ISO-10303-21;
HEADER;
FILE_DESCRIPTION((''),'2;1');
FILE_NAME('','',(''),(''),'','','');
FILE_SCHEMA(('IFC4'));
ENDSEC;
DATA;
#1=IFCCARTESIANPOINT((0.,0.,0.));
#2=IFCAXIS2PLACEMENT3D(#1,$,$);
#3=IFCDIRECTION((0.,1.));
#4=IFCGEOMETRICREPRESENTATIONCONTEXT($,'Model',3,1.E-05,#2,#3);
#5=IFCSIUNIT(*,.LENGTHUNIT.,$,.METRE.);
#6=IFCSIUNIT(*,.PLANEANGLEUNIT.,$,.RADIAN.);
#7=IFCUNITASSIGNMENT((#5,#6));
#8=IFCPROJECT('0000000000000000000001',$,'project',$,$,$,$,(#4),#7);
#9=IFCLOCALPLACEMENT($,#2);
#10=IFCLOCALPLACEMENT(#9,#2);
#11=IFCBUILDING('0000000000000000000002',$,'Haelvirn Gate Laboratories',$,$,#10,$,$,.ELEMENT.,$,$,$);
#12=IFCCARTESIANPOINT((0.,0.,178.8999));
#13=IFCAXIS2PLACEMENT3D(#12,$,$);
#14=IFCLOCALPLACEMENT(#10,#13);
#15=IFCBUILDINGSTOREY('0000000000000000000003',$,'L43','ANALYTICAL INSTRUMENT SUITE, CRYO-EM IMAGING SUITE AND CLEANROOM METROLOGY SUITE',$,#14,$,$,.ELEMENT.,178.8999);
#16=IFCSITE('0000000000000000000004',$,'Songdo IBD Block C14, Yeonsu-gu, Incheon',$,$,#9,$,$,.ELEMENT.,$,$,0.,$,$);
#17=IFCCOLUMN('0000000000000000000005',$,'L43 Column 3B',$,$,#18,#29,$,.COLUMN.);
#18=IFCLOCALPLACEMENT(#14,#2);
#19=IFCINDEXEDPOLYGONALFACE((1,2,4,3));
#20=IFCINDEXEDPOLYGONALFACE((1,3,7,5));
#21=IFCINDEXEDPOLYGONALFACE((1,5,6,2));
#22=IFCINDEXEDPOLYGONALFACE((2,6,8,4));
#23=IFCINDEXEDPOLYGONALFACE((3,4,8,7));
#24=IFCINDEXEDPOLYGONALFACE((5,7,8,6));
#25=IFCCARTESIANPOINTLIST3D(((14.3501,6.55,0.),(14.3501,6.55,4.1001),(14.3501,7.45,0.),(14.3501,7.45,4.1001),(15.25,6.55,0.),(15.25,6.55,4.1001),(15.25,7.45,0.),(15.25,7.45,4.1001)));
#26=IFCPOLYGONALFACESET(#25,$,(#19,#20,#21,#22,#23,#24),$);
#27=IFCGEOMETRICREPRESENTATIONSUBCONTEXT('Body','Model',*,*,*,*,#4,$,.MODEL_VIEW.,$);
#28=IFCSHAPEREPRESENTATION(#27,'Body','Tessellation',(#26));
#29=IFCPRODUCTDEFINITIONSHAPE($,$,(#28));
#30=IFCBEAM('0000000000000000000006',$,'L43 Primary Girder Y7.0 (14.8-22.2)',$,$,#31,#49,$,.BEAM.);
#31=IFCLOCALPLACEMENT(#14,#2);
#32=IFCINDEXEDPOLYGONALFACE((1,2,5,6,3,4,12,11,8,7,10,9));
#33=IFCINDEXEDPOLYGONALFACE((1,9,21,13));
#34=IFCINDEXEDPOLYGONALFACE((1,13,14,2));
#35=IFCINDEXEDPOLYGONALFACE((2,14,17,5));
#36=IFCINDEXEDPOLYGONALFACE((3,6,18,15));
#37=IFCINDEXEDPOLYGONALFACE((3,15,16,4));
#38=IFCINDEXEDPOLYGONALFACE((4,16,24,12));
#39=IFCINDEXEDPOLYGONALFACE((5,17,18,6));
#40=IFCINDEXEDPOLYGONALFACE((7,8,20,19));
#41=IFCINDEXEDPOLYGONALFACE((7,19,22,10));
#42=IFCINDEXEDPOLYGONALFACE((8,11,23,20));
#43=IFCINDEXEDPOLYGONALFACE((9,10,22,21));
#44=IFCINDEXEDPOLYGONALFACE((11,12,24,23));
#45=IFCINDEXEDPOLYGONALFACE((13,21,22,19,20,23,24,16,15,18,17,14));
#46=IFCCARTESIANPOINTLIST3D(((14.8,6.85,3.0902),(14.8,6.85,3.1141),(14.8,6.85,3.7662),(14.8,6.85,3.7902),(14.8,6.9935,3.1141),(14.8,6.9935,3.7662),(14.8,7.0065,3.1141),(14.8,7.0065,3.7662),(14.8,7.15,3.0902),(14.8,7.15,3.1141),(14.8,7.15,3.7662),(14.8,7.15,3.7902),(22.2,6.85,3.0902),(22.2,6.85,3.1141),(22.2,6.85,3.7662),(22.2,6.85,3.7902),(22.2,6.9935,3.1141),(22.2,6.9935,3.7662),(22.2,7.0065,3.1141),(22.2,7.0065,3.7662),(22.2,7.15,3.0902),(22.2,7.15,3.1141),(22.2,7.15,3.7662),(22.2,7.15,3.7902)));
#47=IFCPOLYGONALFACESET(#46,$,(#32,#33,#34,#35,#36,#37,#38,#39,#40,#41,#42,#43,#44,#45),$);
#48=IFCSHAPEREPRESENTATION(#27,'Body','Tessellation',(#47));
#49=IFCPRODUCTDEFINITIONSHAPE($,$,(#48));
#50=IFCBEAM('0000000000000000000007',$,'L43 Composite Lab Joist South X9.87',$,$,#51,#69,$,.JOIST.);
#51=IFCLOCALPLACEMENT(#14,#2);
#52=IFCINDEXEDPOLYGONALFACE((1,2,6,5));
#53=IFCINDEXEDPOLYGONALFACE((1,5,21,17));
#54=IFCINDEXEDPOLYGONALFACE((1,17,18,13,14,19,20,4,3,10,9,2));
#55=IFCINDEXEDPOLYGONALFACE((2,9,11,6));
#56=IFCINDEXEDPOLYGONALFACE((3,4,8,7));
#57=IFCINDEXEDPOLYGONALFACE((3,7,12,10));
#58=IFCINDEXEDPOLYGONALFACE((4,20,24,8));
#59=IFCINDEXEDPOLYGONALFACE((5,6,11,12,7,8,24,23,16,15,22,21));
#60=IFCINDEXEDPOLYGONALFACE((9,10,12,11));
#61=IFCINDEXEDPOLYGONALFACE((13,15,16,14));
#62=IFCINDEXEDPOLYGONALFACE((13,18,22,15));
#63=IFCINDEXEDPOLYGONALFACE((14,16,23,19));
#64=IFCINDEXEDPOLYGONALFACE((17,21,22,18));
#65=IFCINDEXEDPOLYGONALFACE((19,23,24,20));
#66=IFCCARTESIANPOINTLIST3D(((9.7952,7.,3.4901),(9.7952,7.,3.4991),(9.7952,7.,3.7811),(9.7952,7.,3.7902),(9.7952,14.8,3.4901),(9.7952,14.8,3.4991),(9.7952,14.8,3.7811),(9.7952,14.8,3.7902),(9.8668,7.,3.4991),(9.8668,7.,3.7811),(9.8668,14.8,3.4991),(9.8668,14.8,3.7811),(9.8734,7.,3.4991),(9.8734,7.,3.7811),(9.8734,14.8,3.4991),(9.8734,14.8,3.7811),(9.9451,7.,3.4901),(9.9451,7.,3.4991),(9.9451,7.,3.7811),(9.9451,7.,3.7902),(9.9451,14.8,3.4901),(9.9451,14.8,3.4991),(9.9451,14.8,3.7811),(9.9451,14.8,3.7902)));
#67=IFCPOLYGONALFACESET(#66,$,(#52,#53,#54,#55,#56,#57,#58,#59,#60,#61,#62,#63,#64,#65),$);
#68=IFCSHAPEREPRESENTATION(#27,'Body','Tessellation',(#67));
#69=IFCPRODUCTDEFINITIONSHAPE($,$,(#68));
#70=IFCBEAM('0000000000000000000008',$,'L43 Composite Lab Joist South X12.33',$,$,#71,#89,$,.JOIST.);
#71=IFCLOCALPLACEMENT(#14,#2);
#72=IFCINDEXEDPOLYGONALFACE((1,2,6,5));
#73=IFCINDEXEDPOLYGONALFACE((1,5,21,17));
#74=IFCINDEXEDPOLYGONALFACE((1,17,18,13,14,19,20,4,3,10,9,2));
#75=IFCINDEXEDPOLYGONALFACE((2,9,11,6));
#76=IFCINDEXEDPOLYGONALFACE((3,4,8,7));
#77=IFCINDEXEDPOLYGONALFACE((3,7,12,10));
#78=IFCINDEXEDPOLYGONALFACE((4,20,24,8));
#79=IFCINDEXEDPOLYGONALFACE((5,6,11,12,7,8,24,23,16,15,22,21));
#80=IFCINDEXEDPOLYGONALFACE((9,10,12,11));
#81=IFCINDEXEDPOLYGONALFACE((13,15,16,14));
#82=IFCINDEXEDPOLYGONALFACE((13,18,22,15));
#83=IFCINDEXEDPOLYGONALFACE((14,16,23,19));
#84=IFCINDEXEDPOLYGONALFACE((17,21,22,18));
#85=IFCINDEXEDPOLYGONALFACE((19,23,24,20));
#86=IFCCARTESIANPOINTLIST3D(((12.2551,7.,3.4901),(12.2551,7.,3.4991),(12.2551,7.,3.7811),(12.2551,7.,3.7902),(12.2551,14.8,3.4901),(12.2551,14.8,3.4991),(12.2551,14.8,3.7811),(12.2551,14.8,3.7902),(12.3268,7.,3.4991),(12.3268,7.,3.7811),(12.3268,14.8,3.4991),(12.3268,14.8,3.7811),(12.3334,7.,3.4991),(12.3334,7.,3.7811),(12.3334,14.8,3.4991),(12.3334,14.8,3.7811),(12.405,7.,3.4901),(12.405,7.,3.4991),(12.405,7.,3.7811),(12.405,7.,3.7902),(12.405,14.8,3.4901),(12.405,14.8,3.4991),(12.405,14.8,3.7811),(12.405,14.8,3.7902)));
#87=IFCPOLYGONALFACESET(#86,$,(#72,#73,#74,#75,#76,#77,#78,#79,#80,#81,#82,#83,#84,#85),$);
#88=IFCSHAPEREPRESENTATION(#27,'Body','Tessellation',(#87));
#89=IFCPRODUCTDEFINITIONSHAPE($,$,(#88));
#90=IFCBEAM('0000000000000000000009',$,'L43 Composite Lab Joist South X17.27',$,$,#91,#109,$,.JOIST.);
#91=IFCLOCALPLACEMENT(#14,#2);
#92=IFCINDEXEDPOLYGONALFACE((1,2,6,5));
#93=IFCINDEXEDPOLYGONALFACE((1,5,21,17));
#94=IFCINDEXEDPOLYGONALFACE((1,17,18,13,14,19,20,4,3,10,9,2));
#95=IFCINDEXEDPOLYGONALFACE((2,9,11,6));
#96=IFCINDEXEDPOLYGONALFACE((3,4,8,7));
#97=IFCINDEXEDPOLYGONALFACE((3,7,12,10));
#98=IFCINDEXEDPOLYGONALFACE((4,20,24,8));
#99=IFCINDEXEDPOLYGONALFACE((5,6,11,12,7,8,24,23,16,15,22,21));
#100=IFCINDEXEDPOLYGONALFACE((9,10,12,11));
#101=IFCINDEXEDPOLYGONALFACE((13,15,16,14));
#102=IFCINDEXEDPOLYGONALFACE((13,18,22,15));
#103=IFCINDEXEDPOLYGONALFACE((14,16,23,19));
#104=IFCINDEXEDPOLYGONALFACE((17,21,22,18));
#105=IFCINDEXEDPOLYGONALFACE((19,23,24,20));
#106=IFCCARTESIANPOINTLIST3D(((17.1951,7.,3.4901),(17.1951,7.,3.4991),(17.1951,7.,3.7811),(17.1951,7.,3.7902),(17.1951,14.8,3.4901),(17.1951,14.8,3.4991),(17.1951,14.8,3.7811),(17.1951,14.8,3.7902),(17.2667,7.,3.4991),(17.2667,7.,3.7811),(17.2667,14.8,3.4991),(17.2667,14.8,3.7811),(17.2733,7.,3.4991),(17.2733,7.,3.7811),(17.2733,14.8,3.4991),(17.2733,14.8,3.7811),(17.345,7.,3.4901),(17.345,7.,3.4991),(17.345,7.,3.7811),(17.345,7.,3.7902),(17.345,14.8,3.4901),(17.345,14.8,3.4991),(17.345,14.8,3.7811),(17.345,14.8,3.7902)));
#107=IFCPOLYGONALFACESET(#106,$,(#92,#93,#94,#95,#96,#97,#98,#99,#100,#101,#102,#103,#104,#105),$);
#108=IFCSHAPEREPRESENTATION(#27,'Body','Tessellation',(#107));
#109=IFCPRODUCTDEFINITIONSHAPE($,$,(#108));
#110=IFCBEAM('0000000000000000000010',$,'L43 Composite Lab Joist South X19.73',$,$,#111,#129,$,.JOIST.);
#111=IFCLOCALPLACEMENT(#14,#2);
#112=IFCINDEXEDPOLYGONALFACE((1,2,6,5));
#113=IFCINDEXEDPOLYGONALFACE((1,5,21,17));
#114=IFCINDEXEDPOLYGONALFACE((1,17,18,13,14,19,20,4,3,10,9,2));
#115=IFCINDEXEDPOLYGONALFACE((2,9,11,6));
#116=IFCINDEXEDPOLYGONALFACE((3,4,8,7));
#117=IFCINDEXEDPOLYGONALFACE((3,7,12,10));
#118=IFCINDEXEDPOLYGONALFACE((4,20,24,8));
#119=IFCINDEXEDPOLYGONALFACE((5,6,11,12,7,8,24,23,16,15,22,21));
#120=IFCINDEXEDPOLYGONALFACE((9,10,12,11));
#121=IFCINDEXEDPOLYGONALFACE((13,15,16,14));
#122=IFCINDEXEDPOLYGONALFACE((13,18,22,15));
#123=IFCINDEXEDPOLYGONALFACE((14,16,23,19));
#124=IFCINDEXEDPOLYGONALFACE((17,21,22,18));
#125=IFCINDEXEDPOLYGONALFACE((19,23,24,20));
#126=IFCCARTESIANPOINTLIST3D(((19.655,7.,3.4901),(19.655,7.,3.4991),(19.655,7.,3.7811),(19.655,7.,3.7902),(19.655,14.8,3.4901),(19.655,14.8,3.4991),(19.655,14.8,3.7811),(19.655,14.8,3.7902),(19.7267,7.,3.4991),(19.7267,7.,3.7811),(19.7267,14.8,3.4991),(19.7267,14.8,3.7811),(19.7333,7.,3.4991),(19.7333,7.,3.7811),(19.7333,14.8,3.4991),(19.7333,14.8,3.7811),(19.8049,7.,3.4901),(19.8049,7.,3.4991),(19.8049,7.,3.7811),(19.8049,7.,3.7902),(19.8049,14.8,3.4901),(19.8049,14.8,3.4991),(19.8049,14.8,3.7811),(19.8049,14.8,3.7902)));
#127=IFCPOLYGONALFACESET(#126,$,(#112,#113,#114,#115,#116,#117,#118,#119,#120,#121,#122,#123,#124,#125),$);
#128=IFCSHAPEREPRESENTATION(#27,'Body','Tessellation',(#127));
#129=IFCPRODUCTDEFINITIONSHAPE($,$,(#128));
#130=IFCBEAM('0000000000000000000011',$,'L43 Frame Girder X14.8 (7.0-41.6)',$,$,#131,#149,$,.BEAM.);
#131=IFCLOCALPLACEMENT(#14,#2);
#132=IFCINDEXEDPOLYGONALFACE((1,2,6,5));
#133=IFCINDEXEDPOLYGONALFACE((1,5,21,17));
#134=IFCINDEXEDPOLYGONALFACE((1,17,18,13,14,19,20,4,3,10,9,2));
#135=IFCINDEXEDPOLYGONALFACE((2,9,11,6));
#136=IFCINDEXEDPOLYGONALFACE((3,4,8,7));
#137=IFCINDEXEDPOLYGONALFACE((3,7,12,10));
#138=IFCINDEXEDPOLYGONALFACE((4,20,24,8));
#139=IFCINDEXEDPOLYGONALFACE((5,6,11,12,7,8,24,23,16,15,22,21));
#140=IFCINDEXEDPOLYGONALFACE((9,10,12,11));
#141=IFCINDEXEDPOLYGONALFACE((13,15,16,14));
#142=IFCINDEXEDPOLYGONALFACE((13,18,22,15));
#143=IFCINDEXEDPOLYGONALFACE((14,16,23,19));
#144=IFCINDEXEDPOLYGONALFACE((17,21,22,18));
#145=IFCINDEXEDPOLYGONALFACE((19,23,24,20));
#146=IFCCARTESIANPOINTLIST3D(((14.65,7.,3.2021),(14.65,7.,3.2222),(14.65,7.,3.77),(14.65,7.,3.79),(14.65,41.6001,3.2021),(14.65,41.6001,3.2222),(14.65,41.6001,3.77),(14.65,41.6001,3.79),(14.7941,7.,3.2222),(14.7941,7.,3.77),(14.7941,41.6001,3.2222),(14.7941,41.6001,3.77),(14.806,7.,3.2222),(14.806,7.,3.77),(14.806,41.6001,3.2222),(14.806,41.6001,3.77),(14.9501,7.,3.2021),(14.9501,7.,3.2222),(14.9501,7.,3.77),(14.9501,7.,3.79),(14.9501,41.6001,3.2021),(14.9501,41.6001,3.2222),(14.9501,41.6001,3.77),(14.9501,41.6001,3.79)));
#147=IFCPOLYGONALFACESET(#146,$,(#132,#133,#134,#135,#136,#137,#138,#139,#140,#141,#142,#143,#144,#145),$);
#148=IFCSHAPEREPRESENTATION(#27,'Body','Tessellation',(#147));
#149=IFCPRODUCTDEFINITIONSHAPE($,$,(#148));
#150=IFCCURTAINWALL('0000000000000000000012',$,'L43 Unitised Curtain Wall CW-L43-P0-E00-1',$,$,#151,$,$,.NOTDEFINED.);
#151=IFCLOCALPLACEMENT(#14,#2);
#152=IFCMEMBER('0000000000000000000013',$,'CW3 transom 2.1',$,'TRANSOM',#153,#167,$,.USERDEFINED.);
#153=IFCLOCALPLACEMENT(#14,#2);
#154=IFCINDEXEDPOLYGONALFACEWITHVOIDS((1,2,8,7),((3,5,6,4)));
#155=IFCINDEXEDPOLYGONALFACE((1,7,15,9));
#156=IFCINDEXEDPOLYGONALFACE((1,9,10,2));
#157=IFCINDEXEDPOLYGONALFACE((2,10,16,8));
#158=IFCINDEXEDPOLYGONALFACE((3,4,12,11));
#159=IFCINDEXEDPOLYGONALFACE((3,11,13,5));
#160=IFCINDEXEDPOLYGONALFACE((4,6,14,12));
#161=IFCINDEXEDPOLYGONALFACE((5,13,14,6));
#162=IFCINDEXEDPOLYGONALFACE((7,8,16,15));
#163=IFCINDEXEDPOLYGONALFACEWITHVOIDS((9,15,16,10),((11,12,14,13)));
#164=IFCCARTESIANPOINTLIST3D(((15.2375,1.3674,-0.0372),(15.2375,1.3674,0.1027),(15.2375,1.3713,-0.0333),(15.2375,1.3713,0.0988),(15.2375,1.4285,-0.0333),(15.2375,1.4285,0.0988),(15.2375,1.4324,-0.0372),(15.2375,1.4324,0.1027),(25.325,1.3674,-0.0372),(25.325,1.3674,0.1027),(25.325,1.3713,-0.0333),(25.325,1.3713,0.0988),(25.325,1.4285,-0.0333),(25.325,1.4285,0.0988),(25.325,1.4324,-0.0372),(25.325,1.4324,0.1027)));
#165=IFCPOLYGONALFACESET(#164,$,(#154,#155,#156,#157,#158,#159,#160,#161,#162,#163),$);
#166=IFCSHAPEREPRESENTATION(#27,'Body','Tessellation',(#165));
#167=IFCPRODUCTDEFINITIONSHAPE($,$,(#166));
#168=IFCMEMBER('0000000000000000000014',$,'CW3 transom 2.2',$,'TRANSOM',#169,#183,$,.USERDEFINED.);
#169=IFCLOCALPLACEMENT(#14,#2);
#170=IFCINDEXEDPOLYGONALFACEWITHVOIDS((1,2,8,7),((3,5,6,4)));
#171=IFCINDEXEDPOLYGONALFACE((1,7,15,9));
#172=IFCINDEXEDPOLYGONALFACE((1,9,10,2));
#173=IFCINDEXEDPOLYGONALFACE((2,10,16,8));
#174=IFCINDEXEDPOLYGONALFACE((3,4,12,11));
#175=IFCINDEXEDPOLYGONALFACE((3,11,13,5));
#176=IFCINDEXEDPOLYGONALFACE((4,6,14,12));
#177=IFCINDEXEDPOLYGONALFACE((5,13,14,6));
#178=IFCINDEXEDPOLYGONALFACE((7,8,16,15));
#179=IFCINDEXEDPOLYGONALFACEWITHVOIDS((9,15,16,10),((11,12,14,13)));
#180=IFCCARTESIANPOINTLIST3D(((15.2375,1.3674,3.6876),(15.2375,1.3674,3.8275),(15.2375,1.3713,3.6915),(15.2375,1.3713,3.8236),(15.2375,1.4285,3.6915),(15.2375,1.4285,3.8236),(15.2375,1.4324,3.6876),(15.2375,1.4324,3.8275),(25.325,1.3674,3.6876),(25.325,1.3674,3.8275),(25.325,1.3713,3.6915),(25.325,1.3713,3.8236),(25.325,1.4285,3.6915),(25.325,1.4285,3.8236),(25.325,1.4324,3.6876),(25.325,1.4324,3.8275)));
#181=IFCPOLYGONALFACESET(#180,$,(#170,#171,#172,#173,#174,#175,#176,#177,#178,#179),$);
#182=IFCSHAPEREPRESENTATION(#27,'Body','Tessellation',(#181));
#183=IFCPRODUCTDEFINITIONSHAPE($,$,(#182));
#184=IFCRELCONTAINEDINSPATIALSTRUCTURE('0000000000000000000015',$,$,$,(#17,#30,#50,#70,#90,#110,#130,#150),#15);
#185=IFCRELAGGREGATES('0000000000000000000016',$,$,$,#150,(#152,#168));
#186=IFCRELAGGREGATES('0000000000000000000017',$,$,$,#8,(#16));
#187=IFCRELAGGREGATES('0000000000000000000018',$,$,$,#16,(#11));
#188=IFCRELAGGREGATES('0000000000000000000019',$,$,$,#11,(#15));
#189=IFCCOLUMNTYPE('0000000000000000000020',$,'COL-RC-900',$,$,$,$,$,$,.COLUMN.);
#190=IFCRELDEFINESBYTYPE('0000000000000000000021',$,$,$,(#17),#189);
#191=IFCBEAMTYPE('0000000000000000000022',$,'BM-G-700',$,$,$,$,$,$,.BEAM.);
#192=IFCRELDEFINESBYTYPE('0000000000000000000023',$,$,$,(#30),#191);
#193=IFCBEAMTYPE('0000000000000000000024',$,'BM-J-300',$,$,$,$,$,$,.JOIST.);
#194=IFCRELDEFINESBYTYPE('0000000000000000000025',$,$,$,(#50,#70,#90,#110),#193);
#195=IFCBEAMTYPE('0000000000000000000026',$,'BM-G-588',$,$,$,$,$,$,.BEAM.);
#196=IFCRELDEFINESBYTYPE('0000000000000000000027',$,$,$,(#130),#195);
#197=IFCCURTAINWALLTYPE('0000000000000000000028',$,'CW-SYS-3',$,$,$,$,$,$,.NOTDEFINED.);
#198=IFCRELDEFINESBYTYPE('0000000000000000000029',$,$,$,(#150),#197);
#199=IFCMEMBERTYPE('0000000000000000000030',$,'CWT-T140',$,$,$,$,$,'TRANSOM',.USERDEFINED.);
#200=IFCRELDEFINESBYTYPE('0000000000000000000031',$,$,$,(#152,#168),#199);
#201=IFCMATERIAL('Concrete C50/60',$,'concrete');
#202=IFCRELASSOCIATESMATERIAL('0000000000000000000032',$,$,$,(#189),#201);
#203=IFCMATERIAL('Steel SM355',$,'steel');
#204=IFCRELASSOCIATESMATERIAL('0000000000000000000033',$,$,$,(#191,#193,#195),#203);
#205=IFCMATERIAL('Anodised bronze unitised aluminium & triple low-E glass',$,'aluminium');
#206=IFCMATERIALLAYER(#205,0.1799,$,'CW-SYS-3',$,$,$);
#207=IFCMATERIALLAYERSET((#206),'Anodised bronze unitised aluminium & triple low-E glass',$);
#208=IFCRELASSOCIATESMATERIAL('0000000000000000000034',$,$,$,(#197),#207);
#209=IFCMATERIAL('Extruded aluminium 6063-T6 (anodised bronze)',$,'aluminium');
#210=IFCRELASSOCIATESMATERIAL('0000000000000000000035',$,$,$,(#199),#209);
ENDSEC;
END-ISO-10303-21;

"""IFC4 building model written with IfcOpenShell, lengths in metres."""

from ifc_helpers import new_model, si_unit, direction, frame, origin, origin_2d, place, context, subcontext, project, spatial, rectangle, hollow_rectangle, i_section, extrude, source, transform, mapped, material, layer, layer_set, material_profile, profile_set, type_object, type_shapes, element, aggregate, save


model = new_model("IFC4")

# Units and contexts
model_context = context("Model", 3, precision=1e-05, world=origin(), true_north=direction((0.0, 1.0)))
body_context = subcontext(model_context, "Body", "Model", "MODEL_VIEW")
ifc_project = project(units=[si_unit("LENGTHUNIT", "METRE"), si_unit("PLANEANGLEUNIT", "RADIAN")], contexts=[model_context])

# Site, building, storey
site_placement = place(None, origin())
site = spatial("IfcSite", under=ifc_project, at=site_placement, Name="Songdo IBD Block C14, Yeonsu-gu, Incheon", CompositionType="ELEMENT", RefElevation=0.0)
building_placement = place(site_placement, origin())
building = spatial("IfcBuilding", under=site, at=building_placement, Name="Haelvirn Gate Laboratories", CompositionType="ELEMENT")
storey_placement = place(building_placement, frame((0.0, 0.0, 178.8999)))
storey = spatial("IfcBuildingStorey", under=building, at=storey_placement, Name="L43", Description="ANALYTICAL INSTRUMENT SUITE, CRYO-EM IMAGING SUITE AND CLEANROOM METROLOGY SUITE", CompositionType="ELEMENT", Elevation=178.8999)

# Column
ifc_material_1 = material(Name="Concrete C50/60", Category="concrete")
ifc_material_profile_1 = material_profile(ifc_material_1, rectangle(XDim=0.8999, YDim=0.8999, at=origin_2d()), Name="RC-900x900")
ifc_profile_set_1 = profile_set([ifc_material_profile_1], Name="Concrete C50/60")
column_type = type_object("IfcColumnType", Name="COL-RC-900", PredefinedType="COLUMN", material=ifc_profile_set_1)
shared_shape_1 = source(origin(), body_context, "Body", "SweptSolid", [
    extrude(rectangle(XDim=0.8999, YDim=0.8999, at=origin_2d()), origin(), (0.0, 0.0, 1.0), 4.1001),
])
type_shapes(column_type, [shared_shape_1])
column_placement = place(storey_placement, frame((14.8, 7.0, 0.0), z_axis=(0.0, 0.0, 1.0), x_axis=(1.0, 0.0, 0.0)))
element("IfcColumn", 1, at=column_placement, inside=storey, type_object=column_type, Name="L43 Column 3B", PredefinedType="COLUMN", context=body_context, shape_type="MappedRepresentation", body=[
    mapped(shared_shape_1, transform((0.0, 0.0, 0.0), scale=1.0)),
])

# Beams
ifc_material_2 = material(Name="Steel SM355", Category="steel")
ifc_material_profile_2 = material_profile(ifc_material_2, i_section(OverallWidth=0.3, OverallDepth=0.7, WebThickness=0.0129, FlangeThickness=0.0239, at=origin_2d()), Name="H-700x300x13x24")
ifc_profile_set_2 = profile_set([ifc_material_profile_2], Name="Steel SM355")
beam_type_1 = type_object("IfcBeamType", Name="BM-G-700", PredefinedType="BEAM", material=ifc_profile_set_2)
shared_shape_2 = source(origin(), body_context, "Body", "SweptSolid", [
    extrude(i_section(OverallWidth=0.3, OverallDepth=0.7, WebThickness=0.0129, FlangeThickness=0.0239, at=origin_2d()), origin(), (0.0, 0.0, 1.0), 7.3999),
])
type_shapes(beam_type_1, [shared_shape_2])
beam_1_placement = place(storey_placement, frame((14.8, 7.0, 3.4402), z_axis=(1.0, 0.0, 0.0), x_axis=(0.0, 1.0, 0.0)))
element("IfcBeam", 2, at=beam_1_placement, inside=storey, type_object=beam_type_1, Name="L43 Primary Girder Y7.0 (14.8-22.2)", PredefinedType="BEAM", context=body_context, shape_type="MappedRepresentation", body=[
    mapped(shared_shape_2, transform((0.0, 0.0, 0.0), scale=1.0)),
])
ifc_material_profile_3 = material_profile(ifc_material_2, i_section(OverallWidth=0.1499, OverallDepth=0.3, WebThickness=0.0066, FlangeThickness=0.009, at=origin_2d()), Name="H-300x150x6.5x9")
ifc_profile_set_3 = profile_set([ifc_material_profile_3], Name="Steel SM355")
beam_type_2 = type_object("IfcBeamType", Name="BM-J-300", PredefinedType="JOIST", material=ifc_profile_set_3)
shared_shape_3 = source(origin(), body_context, "Body", "SweptSolid", [
    extrude(i_section(OverallWidth=0.1499, OverallDepth=0.3, WebThickness=0.0066, FlangeThickness=0.009, at=origin_2d()), origin(), (0.0, 0.0, 1.0), 7.8),
])
type_shapes(beam_type_2, [shared_shape_3])
for number, where, z_axis, x_axis, name in (
    (3, (9.8701, 7.0, 3.6401), (0.0, 1.0, 0.0), (-1.0, 0.0, 0.0), "L43 Composite Lab Joist South X9.87"),
    (4, (12.3301, 7.0, 3.6401), (0.0, 1.0, 0.0), (-1.0, 0.0, 0.0), "L43 Composite Lab Joist South X12.33"),
    (5, (17.27, 7.0, 3.6401), (0.0, 1.0, 0.0), (-1.0, 0.0, 0.0), "L43 Composite Lab Joist South X17.27"),
    (6, (19.73, 7.0, 3.6401), (0.0, 1.0, 0.0), (-1.0, 0.0, 0.0), "L43 Composite Lab Joist South X19.73"),
):
    element("IfcBeam", number, at=place(storey_placement, frame(where, z_axis=z_axis, x_axis=x_axis)), inside=storey, type_object=beam_type_2, Name=name, PredefinedType="JOIST", context=body_context, shape_type="MappedRepresentation", body=[
        mapped(shared_shape_3, transform((0.0, 0.0, 0.0), scale=1.0)),
    ])
ifc_material_profile_4 = material_profile(ifc_material_2, i_section(OverallWidth=0.3, OverallDepth=0.5879, WebThickness=0.012, FlangeThickness=0.02, at=origin_2d()), Name="H-588x300x12x20")
ifc_profile_set_4 = profile_set([ifc_material_profile_4], Name="Steel SM355")
beam_type_3 = type_object("IfcBeamType", Name="BM-G-588", PredefinedType="BEAM", material=ifc_profile_set_4)
shared_shape_4 = source(origin(), body_context, "Body", "SweptSolid", [
    extrude(i_section(OverallWidth=0.3, OverallDepth=0.5879, WebThickness=0.012, FlangeThickness=0.02, at=origin_2d()), origin(), (0.0, 0.0, 1.0), 34.6001),
])
type_shapes(beam_type_3, [shared_shape_4])
beam_2_placement = place(storey_placement, frame((14.8, 7.0, 3.4961), z_axis=(0.0, 1.0, 0.0), x_axis=(-1.0, 0.0, 0.0)))
element("IfcBeam", 7, at=beam_2_placement, inside=storey, type_object=beam_type_3, Name="L43 Frame Girder X14.8 (7.0-41.6)", PredefinedType="BEAM", context=body_context, shape_type="MappedRepresentation", body=[
    mapped(shared_shape_4, transform((0.0, 0.0, 0.0), scale=1.0)),
])

# Curtain wall, members
ifc_material_3 = material(Name="Anodised bronze unitised aluminium & triple low-E glass", Category="aluminium")
ifc_layer_1 = layer(ifc_material_3, 0.1799, Name="CW-SYS-3")
ifc_layer_set_1 = layer_set([ifc_layer_1], Name="Anodised bronze unitised aluminium & triple low-E glass")
curtain_wall_type = type_object("IfcCurtainWallType", Name="CW-SYS-3", PredefinedType="NOTDEFINED", material=ifc_layer_set_1)
curtain_wall_placement = place(storey_placement, origin())
curtain_wall = element("IfcCurtainWall", 8, at=curtain_wall_placement, inside=storey, type_object=curtain_wall_type, Name="L43 Unitised Curtain Wall CW-L43-P0-E00-1", PredefinedType="NOTDEFINED")
ifc_material_4 = material(Name="Extruded aluminium 6063-T6 (anodised bronze)", Category="aluminium")
ifc_material_profile_5 = material_profile(ifc_material_4, hollow_rectangle(XDim=0.0649, YDim=0.1399, WallThickness=0.0039, at=origin_2d()), Name="CWT-140x65x4")
ifc_profile_set_5 = profile_set([ifc_material_profile_5], Name="Extruded aluminium 6063-T6 (anodised bronze)")
member_type_1 = type_object("IfcMemberType", Name="CWT-T140", ElementType="TRANSOM", PredefinedType="USERDEFINED", material=ifc_profile_set_5)
shared_shape_5 = source(origin(), body_context, "Body", "SweptSolid", [
    extrude(hollow_rectangle(XDim=0.0649, YDim=0.1399, WallThickness=0.0039, at=origin_2d()), origin(), (0.0, 0.0, 1.0), 10.0874),
])
type_shapes(member_type_1, [shared_shape_5])
member_1_placement = place(storey_placement, frame((15.2375, 1.3999, 0.0327), z_axis=(1.0, 0.0, 0.0), x_axis=(0.0, 1.0, 0.0)))
member_1 = element("IfcMember", 9, at=member_1_placement, type_object=member_type_1, Name="CW3 transom 2.1", ObjectType="TRANSOM", PredefinedType="USERDEFINED", context=body_context, shape_type="MappedRepresentation", body=[
    mapped(shared_shape_5, transform((0.0, 0.0, 0.0), scale=1.0)),
])
member_2_placement = place(storey_placement, frame((15.2375, 1.3999, 3.7576), z_axis=(1.0, 0.0, 0.0), x_axis=(0.0, 1.0, 0.0)))
member_2 = element("IfcMember", 10, at=member_2_placement, type_object=member_type_1, Name="CW3 transom 2.2", ObjectType="TRANSOM", PredefinedType="USERDEFINED", context=body_context, shape_type="MappedRepresentation", body=[
    mapped(shared_shape_5, transform((0.0, 0.0, 0.0), scale=1.0)),
])
aggregate(curtain_wall, [member_1, member_2])

save(model, "model.ifc")
